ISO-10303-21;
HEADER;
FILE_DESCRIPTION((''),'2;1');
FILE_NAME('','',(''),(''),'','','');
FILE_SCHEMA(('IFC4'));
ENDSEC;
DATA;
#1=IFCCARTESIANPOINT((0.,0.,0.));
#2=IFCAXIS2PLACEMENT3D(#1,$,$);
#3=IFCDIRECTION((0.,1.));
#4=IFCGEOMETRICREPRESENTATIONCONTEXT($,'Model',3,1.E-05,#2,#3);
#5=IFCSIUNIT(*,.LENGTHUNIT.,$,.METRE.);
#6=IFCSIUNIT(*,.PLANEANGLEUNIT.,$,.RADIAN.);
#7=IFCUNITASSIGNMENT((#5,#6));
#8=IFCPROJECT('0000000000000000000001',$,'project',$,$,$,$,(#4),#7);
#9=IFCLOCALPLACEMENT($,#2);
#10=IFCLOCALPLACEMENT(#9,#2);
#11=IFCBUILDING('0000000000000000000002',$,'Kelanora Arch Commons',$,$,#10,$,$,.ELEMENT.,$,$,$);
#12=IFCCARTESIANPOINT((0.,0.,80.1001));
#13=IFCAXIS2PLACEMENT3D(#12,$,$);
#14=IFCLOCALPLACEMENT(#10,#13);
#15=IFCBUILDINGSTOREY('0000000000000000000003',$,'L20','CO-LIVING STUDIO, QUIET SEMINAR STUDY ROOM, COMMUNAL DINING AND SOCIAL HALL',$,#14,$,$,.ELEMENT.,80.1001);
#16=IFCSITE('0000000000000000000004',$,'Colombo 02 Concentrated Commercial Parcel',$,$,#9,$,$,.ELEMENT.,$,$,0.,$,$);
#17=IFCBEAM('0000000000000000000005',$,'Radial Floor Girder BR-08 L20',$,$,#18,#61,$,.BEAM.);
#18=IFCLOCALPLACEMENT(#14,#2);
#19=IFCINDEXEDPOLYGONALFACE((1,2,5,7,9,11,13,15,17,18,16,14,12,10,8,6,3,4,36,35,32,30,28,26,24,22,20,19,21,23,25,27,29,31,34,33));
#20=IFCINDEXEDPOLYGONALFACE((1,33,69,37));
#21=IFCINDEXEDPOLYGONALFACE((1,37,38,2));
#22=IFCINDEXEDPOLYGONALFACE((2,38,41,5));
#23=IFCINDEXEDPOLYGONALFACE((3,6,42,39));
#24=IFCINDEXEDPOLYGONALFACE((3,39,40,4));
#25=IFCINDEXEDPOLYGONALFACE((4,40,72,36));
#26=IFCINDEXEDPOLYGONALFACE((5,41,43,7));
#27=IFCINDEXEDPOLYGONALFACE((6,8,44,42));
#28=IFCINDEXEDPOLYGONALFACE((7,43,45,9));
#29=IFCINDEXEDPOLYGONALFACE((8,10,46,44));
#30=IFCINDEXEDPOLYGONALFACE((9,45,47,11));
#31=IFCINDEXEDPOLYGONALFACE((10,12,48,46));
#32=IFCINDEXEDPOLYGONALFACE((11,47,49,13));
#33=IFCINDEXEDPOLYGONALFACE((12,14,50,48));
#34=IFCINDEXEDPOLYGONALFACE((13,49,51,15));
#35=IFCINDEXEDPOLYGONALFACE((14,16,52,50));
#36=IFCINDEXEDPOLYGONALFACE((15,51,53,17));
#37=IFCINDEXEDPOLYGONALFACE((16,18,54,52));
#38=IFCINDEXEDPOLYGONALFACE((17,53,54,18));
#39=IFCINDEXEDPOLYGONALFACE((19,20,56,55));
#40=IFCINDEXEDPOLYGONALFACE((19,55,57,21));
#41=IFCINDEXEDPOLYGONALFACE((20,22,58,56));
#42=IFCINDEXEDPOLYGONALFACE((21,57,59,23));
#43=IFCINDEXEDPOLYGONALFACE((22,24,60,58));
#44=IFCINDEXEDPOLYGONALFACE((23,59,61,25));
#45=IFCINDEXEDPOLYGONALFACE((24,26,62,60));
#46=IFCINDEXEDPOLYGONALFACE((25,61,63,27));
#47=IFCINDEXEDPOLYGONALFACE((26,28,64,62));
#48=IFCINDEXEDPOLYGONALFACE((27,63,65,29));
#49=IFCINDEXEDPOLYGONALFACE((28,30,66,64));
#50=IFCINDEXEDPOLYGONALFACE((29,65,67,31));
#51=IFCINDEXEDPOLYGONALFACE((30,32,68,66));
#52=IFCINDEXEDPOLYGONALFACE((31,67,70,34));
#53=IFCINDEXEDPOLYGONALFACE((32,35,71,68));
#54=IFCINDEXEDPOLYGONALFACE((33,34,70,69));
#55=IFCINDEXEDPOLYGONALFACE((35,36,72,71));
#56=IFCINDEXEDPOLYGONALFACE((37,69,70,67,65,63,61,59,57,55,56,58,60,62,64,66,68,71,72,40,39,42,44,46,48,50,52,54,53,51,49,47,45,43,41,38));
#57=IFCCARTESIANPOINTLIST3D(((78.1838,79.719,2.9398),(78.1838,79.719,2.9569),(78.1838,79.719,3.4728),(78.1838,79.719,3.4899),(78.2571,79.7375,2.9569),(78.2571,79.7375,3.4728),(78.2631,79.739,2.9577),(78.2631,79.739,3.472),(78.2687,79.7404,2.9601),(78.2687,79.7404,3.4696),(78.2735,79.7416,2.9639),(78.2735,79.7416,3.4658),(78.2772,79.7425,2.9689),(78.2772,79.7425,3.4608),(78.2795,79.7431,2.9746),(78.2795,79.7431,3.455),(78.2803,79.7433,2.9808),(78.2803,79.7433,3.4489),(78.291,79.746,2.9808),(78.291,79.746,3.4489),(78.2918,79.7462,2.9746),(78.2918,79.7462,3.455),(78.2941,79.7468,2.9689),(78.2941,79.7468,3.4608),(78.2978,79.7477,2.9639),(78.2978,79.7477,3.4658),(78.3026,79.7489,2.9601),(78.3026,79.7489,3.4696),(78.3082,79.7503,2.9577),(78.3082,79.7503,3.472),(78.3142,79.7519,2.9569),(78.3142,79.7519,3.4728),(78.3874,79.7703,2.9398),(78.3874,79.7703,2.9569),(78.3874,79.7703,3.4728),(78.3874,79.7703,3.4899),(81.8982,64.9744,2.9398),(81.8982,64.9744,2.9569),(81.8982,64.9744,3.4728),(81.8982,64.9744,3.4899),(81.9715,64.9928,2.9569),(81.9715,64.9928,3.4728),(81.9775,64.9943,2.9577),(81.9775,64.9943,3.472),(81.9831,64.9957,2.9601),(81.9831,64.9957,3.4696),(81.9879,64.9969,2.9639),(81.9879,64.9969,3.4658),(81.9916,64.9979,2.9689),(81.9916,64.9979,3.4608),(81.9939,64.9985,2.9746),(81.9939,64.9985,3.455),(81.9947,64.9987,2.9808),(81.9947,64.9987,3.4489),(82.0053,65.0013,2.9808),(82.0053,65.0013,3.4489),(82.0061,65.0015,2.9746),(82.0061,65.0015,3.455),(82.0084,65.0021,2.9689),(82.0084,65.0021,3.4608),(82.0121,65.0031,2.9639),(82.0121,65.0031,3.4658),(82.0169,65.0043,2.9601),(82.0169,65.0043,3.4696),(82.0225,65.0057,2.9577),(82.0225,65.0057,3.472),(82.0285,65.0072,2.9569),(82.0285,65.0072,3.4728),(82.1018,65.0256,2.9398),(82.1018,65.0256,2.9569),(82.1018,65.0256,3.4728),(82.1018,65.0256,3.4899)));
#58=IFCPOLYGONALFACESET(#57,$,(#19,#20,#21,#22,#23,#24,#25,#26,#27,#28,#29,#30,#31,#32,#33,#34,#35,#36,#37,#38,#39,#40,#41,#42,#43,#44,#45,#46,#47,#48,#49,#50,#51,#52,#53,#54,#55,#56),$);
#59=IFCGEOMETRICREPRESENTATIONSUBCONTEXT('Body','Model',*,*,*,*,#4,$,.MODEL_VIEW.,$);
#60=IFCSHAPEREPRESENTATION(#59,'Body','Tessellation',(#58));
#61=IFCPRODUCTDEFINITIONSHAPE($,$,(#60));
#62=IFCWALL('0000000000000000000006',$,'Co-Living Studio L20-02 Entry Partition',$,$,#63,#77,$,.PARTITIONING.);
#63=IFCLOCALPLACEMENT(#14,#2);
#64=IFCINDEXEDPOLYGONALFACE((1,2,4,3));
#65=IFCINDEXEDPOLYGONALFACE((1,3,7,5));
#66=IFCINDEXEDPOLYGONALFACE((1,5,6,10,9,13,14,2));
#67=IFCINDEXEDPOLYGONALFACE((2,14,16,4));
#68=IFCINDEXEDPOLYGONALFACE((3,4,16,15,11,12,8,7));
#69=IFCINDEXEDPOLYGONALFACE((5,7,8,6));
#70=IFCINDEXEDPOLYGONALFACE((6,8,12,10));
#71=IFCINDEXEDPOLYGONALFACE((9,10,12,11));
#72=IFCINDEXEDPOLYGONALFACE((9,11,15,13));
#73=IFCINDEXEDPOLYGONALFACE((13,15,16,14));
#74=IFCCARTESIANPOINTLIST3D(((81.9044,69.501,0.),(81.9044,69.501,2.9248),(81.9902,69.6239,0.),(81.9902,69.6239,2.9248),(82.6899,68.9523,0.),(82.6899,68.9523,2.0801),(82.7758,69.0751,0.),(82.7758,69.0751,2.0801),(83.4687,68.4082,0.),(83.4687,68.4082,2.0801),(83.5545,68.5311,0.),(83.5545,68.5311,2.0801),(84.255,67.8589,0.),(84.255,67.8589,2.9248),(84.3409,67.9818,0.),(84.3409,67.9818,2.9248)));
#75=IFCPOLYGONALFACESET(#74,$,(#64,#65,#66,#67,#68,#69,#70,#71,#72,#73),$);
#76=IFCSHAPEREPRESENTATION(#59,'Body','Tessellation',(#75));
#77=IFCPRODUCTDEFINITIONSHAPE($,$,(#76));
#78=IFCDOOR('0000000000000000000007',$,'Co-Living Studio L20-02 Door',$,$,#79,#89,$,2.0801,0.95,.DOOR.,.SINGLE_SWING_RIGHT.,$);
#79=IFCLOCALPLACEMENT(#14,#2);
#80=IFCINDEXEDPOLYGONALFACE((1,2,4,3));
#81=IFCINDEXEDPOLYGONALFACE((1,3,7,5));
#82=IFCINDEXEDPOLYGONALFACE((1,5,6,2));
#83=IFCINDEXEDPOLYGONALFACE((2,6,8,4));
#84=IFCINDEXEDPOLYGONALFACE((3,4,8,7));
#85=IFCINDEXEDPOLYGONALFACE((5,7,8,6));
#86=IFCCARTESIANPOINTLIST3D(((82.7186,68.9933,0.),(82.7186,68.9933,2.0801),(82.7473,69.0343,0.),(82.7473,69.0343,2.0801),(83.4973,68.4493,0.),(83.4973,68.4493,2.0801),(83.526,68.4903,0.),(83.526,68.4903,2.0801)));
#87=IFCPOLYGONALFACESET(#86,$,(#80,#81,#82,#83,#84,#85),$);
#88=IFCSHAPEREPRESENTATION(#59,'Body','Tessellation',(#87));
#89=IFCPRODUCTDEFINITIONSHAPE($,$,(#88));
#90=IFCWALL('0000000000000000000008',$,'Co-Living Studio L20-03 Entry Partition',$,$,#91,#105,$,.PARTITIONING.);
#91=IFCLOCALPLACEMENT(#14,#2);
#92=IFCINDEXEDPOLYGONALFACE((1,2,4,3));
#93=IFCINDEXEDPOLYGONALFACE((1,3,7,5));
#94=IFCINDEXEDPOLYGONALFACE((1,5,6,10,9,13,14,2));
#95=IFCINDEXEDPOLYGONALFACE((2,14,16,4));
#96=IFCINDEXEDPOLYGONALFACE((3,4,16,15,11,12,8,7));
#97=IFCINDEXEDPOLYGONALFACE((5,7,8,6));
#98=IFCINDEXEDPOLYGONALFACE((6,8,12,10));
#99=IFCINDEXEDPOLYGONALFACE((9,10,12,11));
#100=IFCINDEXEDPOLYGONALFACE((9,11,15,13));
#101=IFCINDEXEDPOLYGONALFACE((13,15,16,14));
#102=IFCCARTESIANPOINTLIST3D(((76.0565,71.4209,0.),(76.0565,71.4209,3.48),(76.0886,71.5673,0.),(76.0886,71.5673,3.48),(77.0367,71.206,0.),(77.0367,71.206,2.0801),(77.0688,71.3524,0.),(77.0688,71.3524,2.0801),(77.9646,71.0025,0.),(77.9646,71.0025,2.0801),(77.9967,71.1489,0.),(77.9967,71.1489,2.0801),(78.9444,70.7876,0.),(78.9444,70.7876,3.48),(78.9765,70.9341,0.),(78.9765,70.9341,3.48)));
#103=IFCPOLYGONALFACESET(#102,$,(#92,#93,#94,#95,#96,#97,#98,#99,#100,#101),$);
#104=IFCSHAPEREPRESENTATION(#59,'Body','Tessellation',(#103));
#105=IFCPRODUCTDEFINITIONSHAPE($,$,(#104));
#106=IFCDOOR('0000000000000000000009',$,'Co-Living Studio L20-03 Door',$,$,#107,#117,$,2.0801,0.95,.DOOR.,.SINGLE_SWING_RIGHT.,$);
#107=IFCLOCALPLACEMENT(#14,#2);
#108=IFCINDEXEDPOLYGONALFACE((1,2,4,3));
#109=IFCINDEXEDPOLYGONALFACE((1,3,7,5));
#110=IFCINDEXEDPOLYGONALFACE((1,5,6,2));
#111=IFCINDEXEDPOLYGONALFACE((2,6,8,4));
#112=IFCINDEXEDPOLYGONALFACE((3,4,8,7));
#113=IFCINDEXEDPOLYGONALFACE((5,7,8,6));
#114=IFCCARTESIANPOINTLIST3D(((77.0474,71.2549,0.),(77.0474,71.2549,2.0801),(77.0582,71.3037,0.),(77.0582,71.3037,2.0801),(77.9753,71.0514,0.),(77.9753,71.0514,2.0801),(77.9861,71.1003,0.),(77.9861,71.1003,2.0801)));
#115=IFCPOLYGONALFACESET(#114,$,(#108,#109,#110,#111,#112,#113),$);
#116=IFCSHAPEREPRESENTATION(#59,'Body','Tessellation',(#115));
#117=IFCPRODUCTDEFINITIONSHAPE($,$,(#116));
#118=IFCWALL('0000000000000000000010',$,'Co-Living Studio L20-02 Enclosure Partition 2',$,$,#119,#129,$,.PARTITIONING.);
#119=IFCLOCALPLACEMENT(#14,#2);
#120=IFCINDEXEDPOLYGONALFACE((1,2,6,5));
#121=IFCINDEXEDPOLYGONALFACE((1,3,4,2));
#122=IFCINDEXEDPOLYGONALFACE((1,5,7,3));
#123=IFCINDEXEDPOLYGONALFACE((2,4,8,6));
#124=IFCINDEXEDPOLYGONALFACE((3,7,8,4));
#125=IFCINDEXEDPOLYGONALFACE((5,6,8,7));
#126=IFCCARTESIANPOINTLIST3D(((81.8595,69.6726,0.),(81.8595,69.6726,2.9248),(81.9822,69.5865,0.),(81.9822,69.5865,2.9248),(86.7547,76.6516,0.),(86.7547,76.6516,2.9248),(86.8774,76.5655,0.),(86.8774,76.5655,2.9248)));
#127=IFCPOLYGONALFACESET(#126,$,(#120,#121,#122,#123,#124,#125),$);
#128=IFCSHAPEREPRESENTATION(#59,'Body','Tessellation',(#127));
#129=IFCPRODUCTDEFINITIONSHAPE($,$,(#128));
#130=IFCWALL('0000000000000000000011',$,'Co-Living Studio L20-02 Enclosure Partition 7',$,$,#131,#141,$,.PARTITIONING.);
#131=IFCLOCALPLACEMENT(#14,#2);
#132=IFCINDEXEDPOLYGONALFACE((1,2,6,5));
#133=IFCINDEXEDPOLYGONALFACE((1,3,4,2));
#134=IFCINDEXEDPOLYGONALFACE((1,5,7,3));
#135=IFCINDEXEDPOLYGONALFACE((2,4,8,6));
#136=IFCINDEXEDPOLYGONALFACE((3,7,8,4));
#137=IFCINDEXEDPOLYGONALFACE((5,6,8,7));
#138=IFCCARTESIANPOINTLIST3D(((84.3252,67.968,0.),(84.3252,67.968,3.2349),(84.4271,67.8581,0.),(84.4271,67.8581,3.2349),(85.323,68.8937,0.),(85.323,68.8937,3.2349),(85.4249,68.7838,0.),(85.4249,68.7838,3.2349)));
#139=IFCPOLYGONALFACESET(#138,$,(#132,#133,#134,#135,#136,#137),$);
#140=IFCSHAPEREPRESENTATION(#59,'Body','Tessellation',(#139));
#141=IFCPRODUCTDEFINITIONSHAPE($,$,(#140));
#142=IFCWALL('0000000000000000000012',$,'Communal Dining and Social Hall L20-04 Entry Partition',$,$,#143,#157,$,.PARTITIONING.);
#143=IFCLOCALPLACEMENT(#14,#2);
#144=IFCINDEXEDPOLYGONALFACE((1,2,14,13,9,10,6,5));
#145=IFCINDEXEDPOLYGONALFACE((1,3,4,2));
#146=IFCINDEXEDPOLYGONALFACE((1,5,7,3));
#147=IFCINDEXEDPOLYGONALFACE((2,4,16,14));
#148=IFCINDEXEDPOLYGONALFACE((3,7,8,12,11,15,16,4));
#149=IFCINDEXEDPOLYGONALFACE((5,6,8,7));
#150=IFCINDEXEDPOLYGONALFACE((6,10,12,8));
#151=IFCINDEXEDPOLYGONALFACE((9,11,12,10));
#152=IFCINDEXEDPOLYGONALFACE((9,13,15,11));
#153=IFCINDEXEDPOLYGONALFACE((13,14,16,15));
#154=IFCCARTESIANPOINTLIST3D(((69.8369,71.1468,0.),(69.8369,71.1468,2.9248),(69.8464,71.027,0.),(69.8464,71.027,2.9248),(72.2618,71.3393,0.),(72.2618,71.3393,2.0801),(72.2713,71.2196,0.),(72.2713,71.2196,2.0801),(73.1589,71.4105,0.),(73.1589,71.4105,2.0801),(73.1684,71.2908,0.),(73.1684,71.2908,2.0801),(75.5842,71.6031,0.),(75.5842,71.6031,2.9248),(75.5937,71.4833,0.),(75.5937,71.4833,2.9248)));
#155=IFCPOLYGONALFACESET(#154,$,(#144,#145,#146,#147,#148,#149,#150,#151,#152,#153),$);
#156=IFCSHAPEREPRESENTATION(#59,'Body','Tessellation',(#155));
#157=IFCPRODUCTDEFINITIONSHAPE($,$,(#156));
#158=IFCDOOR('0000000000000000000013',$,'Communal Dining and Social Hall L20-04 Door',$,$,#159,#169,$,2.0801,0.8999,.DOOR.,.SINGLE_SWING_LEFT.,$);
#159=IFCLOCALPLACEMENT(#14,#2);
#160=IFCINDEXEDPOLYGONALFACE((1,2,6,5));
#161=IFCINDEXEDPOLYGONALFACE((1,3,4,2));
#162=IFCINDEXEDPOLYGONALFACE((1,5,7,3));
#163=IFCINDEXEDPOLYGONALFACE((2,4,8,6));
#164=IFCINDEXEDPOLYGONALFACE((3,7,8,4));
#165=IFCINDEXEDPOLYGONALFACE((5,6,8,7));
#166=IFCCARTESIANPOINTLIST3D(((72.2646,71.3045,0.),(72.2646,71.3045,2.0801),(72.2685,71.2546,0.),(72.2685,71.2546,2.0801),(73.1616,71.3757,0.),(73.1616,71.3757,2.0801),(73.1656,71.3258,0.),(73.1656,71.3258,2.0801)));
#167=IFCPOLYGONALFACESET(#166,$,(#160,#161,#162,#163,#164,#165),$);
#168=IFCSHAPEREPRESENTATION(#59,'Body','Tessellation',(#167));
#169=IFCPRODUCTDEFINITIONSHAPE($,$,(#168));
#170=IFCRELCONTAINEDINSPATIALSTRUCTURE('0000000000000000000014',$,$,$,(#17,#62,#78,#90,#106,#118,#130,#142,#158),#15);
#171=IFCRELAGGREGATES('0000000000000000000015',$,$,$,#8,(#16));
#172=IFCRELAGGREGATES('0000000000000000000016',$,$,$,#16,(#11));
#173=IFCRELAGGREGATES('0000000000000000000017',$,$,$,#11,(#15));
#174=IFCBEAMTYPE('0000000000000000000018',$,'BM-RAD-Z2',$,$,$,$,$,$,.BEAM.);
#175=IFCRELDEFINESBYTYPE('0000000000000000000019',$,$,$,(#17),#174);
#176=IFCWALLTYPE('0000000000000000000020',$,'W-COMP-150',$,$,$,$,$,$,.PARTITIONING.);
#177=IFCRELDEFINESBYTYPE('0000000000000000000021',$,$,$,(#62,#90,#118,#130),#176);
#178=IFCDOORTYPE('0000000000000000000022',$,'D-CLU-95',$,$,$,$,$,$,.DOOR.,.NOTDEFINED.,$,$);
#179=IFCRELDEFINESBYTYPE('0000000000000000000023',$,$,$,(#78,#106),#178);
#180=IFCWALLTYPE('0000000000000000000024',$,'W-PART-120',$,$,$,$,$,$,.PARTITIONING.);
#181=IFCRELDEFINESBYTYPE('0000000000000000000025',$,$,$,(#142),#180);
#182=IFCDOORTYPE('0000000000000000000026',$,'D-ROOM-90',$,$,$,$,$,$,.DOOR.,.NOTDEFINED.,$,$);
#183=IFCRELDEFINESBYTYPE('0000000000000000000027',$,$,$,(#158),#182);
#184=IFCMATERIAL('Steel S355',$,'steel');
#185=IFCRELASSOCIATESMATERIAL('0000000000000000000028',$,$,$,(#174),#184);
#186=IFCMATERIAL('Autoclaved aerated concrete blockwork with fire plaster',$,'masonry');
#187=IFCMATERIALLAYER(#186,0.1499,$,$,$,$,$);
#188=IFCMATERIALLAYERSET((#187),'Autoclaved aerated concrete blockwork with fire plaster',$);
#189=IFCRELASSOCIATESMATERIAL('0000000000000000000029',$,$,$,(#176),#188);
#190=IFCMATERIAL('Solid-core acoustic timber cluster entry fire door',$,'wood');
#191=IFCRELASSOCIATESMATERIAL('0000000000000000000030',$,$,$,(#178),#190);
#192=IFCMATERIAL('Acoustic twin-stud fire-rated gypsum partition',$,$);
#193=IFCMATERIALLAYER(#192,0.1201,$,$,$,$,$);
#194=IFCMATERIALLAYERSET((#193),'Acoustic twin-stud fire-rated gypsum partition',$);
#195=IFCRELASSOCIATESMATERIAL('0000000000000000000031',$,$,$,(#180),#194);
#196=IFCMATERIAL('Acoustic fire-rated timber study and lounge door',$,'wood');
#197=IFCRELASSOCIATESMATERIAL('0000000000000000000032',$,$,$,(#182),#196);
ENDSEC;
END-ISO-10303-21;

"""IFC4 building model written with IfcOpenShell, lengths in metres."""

from ifc_helpers import new_model, si_unit, direction, frame, frame_2d, origin, origin_2d, place, context, subcontext, project, spatial, rectangle, i_section, extrude, material, layer, layer_set, material_profile, profile_set, type_object, element, fill, save


model = new_model("IFC4")

# Units and contexts
model_context = context("Model", 3, precision=1e-05, world=origin(), true_north=direction((0.0, 1.0)))
body_context = subcontext(model_context, "Body", "Model", "MODEL_VIEW")
ifc_project = project(units=[si_unit("LENGTHUNIT", "METRE"), si_unit("PLANEANGLEUNIT", "RADIAN")], contexts=[model_context])

# Site, building, storey
site_placement = place(None, origin())
site = spatial("IfcSite", under=ifc_project, at=site_placement, Name="Colombo 02 Concentrated Commercial Parcel", CompositionType="ELEMENT", RefElevation=0.0)
building_placement = place(site_placement, origin())
building = spatial("IfcBuilding", under=site, at=building_placement, Name="Kelanora Arch Commons", CompositionType="ELEMENT")
storey_placement = place(building_placement, frame((0.0, 0.0, 80.1001)))
storey = spatial("IfcBuildingStorey", under=building, at=storey_placement, Name="L20", Description="CO-LIVING STUDIO, QUIET SEMINAR STUDY ROOM, COMMUNAL DINING AND SOCIAL HALL", CompositionType="ELEMENT", Elevation=80.1001)

# Beam
ifc_material_1 = material(Name="Steel S355", Category="steel")
ifc_material_profile_1 = material_profile(ifc_material_1, i_section(OverallWidth=0.21, OverallDepth=0.55, WebThickness=0.011, FlangeThickness=0.0171, FilletRadius=0.0239, at=origin_2d()), Name="IPE550")
ifc_profile_set_1 = profile_set([ifc_material_profile_1], Name="Steel S355")
beam_type_1 = type_object("IfcBeamType", Name="BM-RAD-Z2", PredefinedType="BEAM", material=ifc_profile_set_1)
beam_1_placement = place(storey_placement, frame((82.0, 65.0, 3.2148), z_axis=(-0.244281, 0.969705, 0.0), x_axis=(-0.969705, -0.244281, 0.0)))
element("IfcBeam", 1, at=beam_1_placement, inside=storey, type_object=beam_type_1, Name="Radial Floor Girder BR-08 L20", PredefinedType="BEAM", context=body_context, shape_type="SweptSolid", body=[
    extrude(i_section(OverallWidth=0.21, OverallDepth=0.55, WebThickness=0.011, FlangeThickness=0.0171, FilletRadius=0.0239, at=origin_2d()), origin(), (0.0, 0.0, 1.0), 15.2053),
])

# Walls, openings, doors
ifc_material_2 = material(Name="Autoclaved aerated concrete blockwork with fire plaster", Category="masonry")
ifc_layer_1 = layer(ifc_material_2, 0.1499)
ifc_layer_set_1 = layer_set([ifc_layer_1], Name="Autoclaved aerated concrete blockwork with fire plaster")
wall_type_1 = type_object("IfcWallType", Name="W-COMP-150", PredefinedType="PARTITIONING", material=ifc_layer_set_1)
wall_1_placement = place(storey_placement, frame((84.2979, 67.9204, 0.0), z_axis=(0.0, 0.0, 1.0), x_axis=(-0.819776, 0.572685, 0.0)))
wall_1 = element("IfcWall", 2, at=wall_1_placement, inside=storey, type_object=wall_type_1, Name="Co-Living Studio L20-02 Entry Partition", PredefinedType="PARTITIONING", context=body_context, shape_type="SweptSolid", body=[
    extrude(rectangle(XDim=2.8674, YDim=0.1499, at=frame_2d((1.4336, 0.0))), origin(), (0.0, 0.0, 1.0), 2.9248),
])
opening_1_placement = place(wall_1_placement, frame((0.959, 0.0, 0.0)))
opening_1 = element("IfcOpeningElement", 3, at=opening_1_placement, cuts=wall_1, PredefinedType="OPENING", context=body_context, shape_type="SweptSolid", body=[
    extrude(rectangle(XDim=0.95, YDim=2.0801, at=frame_2d((0.4751, 1.04))), frame((0.0, 0.085, 0.0), z_axis=(0.0, -1.0, 0.0), x_axis=(1.0, 0.0, 0.0)), (0.0, 0.0, 1.0), 0.1699),
])
ifc_material_3 = material(Name="Solid-core acoustic timber cluster entry fire door", Category="wood")
door_type_1 = type_object("IfcDoorType", Name="D-CLU-95", OperationType="NOTDEFINED", PredefinedType="DOOR", material=ifc_material_3)
door_1_placement = place(opening_1_placement, origin())
door_1 = element("IfcDoor", 4, at=door_1_placement, inside=storey, type_object=door_type_1, Name="Co-Living Studio L20-02 Door", OperationType="SINGLE_SWING_RIGHT", OverallHeight=2.0801, OverallWidth=0.95, PredefinedType="DOOR", context=body_context, shape_type="SweptSolid", body=[
    extrude(rectangle(XDim=0.95, YDim=2.0801, at=frame_2d((0.4751, 1.04))), frame((0.0, 0.0249, 0.0), z_axis=(0.0, -1.0, 0.0), x_axis=(1.0, 0.0, 0.0)), (0.0, 0.0, 1.0), 0.05),
])
fill(opening_1, door_1)
wall_2_placement = place(storey_placement, frame((78.9604, 70.8608, 0.0), z_axis=(0.0, 0.0, 1.0), x_axis=(-0.976789, 0.214202, 0.0)))
wall_2 = element("IfcWall", 5, at=wall_2_placement, inside=storey, type_object=wall_type_1, Name="Co-Living Studio L20-03 Entry Partition", PredefinedType="PARTITIONING", context=body_context, shape_type="SweptSolid", body=[
    extrude(rectangle(XDim=2.9565, YDim=0.1499, at=frame_2d((1.4783, 0.0))), origin(), (0.0, 0.0, 1.0), 3.48),
])
opening_2_placement = place(wall_2_placement, frame((1.0029, 0.0, 0.0)))
opening_2 = element("IfcOpeningElement", 6, at=opening_2_placement, cuts=wall_2, PredefinedType="OPENING", context=body_context, shape_type="SweptSolid", body=[
    extrude(rectangle(XDim=0.95, YDim=2.0801, at=frame_2d((0.4751, 1.04))), frame((0.0, 0.085, 0.0), z_axis=(0.0, -1.0, 0.0), x_axis=(1.0, 0.0, 0.0)), (0.0, 0.0, 1.0), 0.1699),
])
door_2_placement = place(opening_2_placement, origin())
door_2 = element("IfcDoor", 7, at=door_2_placement, inside=storey, type_object=door_type_1, Name="Co-Living Studio L20-03 Door", OperationType="SINGLE_SWING_RIGHT", OverallHeight=2.0801, OverallWidth=0.95, PredefinedType="DOOR", context=body_context, shape_type="SweptSolid", body=[
    extrude(rectangle(XDim=0.95, YDim=2.0801, at=frame_2d((0.4751, 1.04))), frame((0.0, 0.0249, 0.0), z_axis=(0.0, -1.0, 0.0), x_axis=(1.0, 0.0, 0.0)), (0.0, 0.0, 1.0), 0.05),
])
fill(opening_2, door_2)

# Walls
wall_3_placement = place(storey_placement, frame((81.9209, 69.6296, 0.0), z_axis=(0.0, 0.0, 1.0), x_axis=(0.574246, 0.818683, 0.0)))
element("IfcWall", 8, at=wall_3_placement, inside=storey, type_object=wall_type_1, Name="Co-Living Studio L20-02 Enclosure Partition 2", PredefinedType="PARTITIONING", context=body_context, shape_type="SweptSolid", body=[
    extrude(rectangle(XDim=8.5247, YDim=0.1499, at=frame_2d((4.2622, 0.0))), origin(), (0.0, 0.0, 1.0), 2.9248),
])
wall_4_placement = place(storey_placement, frame((85.374, 68.8389, 0.0), z_axis=(0.0, 0.0, 1.0), x_axis=(-0.733068, -0.680155, 0.0)))
element("IfcWall", 9, at=wall_4_placement, inside=storey, type_object=wall_type_1, Name="Co-Living Studio L20-02 Enclosure Partition 7", PredefinedType="PARTITIONING", context=body_context, shape_type="SweptSolid", body=[
    extrude(rectangle(XDim=1.3611, YDim=0.1499, at=frame_2d((0.6807, 0.0))), origin(), (0.0, 0.0, 1.0), 3.2349),
])

# Wall, opening, door
ifc_material_4 = material(Name="Acoustic twin-stud fire-rated gypsum partition")
ifc_layer_2 = layer(ifc_material_4, 0.1201)
ifc_layer_set_2 = layer_set([ifc_layer_2], Name="Acoustic twin-stud fire-rated gypsum partition")
wall_type_2 = type_object("IfcWallType", Name="W-PART-120", PredefinedType="PARTITIONING", material=ifc_layer_set_2)
wall_5_placement = place(storey_placement, frame((75.5891, 71.5432, 0.0), z_axis=(0.0, 0.0, 1.0), x_axis=(-0.996863, -0.079144, 0.0)))
wall_5 = element("IfcWall", 10, at=wall_5_placement, inside=storey, type_object=wall_type_2, Name="Communal Dining and Social Hall L20-04 Entry Partition", PredefinedType="PARTITIONING", context=body_context, shape_type="SweptSolid", body=[
    extrude(rectangle(XDim=5.7654, YDim=0.1201, at=frame_2d((2.8828, 0.0))), origin(), (0.0, 0.0, 1.0), 2.9248),
])
opening_3_placement = place(wall_5_placement, frame((2.4331, 0.0, 0.0)))
opening_3 = element("IfcOpeningElement", 11, at=opening_3_placement, cuts=wall_5, PredefinedType="OPENING", context=body_context, shape_type="SweptSolid", body=[
    extrude(rectangle(XDim=0.8999, YDim=2.0801, at=frame_2d((0.45, 1.04))), frame((0.0, 0.0701, 0.0), z_axis=(0.0, -1.0, 0.0), x_axis=(1.0, 0.0, 0.0)), (0.0, 0.0, 1.0), 0.1401),
])
ifc_material_5 = material(Name="Acoustic fire-rated timber study and lounge door", Category="wood")
door_type_2 = type_object("IfcDoorType", Name="D-ROOM-90", OperationType="NOTDEFINED", PredefinedType="DOOR", material=ifc_material_5)
door_3_placement = place(opening_3_placement, origin())
door_3 = element("IfcDoor", 12, at=door_3_placement, inside=storey, type_object=door_type_2, Name="Communal Dining and Social Hall L20-04 Door", OperationType="SINGLE_SWING_LEFT", OverallHeight=2.0801, OverallWidth=0.8999, PredefinedType="DOOR", context=body_context, shape_type="SweptSolid", body=[
    extrude(rectangle(XDim=0.8999, YDim=2.0801, at=frame_2d((0.45, 1.04))), frame((0.0, 0.0249, 0.0), z_axis=(0.0, -1.0, 0.0), x_axis=(1.0, 0.0, 0.0)), (0.0, 0.0, 1.0), 0.05),
])
fill(opening_3, door_3)

save(model, "model.ifc")
